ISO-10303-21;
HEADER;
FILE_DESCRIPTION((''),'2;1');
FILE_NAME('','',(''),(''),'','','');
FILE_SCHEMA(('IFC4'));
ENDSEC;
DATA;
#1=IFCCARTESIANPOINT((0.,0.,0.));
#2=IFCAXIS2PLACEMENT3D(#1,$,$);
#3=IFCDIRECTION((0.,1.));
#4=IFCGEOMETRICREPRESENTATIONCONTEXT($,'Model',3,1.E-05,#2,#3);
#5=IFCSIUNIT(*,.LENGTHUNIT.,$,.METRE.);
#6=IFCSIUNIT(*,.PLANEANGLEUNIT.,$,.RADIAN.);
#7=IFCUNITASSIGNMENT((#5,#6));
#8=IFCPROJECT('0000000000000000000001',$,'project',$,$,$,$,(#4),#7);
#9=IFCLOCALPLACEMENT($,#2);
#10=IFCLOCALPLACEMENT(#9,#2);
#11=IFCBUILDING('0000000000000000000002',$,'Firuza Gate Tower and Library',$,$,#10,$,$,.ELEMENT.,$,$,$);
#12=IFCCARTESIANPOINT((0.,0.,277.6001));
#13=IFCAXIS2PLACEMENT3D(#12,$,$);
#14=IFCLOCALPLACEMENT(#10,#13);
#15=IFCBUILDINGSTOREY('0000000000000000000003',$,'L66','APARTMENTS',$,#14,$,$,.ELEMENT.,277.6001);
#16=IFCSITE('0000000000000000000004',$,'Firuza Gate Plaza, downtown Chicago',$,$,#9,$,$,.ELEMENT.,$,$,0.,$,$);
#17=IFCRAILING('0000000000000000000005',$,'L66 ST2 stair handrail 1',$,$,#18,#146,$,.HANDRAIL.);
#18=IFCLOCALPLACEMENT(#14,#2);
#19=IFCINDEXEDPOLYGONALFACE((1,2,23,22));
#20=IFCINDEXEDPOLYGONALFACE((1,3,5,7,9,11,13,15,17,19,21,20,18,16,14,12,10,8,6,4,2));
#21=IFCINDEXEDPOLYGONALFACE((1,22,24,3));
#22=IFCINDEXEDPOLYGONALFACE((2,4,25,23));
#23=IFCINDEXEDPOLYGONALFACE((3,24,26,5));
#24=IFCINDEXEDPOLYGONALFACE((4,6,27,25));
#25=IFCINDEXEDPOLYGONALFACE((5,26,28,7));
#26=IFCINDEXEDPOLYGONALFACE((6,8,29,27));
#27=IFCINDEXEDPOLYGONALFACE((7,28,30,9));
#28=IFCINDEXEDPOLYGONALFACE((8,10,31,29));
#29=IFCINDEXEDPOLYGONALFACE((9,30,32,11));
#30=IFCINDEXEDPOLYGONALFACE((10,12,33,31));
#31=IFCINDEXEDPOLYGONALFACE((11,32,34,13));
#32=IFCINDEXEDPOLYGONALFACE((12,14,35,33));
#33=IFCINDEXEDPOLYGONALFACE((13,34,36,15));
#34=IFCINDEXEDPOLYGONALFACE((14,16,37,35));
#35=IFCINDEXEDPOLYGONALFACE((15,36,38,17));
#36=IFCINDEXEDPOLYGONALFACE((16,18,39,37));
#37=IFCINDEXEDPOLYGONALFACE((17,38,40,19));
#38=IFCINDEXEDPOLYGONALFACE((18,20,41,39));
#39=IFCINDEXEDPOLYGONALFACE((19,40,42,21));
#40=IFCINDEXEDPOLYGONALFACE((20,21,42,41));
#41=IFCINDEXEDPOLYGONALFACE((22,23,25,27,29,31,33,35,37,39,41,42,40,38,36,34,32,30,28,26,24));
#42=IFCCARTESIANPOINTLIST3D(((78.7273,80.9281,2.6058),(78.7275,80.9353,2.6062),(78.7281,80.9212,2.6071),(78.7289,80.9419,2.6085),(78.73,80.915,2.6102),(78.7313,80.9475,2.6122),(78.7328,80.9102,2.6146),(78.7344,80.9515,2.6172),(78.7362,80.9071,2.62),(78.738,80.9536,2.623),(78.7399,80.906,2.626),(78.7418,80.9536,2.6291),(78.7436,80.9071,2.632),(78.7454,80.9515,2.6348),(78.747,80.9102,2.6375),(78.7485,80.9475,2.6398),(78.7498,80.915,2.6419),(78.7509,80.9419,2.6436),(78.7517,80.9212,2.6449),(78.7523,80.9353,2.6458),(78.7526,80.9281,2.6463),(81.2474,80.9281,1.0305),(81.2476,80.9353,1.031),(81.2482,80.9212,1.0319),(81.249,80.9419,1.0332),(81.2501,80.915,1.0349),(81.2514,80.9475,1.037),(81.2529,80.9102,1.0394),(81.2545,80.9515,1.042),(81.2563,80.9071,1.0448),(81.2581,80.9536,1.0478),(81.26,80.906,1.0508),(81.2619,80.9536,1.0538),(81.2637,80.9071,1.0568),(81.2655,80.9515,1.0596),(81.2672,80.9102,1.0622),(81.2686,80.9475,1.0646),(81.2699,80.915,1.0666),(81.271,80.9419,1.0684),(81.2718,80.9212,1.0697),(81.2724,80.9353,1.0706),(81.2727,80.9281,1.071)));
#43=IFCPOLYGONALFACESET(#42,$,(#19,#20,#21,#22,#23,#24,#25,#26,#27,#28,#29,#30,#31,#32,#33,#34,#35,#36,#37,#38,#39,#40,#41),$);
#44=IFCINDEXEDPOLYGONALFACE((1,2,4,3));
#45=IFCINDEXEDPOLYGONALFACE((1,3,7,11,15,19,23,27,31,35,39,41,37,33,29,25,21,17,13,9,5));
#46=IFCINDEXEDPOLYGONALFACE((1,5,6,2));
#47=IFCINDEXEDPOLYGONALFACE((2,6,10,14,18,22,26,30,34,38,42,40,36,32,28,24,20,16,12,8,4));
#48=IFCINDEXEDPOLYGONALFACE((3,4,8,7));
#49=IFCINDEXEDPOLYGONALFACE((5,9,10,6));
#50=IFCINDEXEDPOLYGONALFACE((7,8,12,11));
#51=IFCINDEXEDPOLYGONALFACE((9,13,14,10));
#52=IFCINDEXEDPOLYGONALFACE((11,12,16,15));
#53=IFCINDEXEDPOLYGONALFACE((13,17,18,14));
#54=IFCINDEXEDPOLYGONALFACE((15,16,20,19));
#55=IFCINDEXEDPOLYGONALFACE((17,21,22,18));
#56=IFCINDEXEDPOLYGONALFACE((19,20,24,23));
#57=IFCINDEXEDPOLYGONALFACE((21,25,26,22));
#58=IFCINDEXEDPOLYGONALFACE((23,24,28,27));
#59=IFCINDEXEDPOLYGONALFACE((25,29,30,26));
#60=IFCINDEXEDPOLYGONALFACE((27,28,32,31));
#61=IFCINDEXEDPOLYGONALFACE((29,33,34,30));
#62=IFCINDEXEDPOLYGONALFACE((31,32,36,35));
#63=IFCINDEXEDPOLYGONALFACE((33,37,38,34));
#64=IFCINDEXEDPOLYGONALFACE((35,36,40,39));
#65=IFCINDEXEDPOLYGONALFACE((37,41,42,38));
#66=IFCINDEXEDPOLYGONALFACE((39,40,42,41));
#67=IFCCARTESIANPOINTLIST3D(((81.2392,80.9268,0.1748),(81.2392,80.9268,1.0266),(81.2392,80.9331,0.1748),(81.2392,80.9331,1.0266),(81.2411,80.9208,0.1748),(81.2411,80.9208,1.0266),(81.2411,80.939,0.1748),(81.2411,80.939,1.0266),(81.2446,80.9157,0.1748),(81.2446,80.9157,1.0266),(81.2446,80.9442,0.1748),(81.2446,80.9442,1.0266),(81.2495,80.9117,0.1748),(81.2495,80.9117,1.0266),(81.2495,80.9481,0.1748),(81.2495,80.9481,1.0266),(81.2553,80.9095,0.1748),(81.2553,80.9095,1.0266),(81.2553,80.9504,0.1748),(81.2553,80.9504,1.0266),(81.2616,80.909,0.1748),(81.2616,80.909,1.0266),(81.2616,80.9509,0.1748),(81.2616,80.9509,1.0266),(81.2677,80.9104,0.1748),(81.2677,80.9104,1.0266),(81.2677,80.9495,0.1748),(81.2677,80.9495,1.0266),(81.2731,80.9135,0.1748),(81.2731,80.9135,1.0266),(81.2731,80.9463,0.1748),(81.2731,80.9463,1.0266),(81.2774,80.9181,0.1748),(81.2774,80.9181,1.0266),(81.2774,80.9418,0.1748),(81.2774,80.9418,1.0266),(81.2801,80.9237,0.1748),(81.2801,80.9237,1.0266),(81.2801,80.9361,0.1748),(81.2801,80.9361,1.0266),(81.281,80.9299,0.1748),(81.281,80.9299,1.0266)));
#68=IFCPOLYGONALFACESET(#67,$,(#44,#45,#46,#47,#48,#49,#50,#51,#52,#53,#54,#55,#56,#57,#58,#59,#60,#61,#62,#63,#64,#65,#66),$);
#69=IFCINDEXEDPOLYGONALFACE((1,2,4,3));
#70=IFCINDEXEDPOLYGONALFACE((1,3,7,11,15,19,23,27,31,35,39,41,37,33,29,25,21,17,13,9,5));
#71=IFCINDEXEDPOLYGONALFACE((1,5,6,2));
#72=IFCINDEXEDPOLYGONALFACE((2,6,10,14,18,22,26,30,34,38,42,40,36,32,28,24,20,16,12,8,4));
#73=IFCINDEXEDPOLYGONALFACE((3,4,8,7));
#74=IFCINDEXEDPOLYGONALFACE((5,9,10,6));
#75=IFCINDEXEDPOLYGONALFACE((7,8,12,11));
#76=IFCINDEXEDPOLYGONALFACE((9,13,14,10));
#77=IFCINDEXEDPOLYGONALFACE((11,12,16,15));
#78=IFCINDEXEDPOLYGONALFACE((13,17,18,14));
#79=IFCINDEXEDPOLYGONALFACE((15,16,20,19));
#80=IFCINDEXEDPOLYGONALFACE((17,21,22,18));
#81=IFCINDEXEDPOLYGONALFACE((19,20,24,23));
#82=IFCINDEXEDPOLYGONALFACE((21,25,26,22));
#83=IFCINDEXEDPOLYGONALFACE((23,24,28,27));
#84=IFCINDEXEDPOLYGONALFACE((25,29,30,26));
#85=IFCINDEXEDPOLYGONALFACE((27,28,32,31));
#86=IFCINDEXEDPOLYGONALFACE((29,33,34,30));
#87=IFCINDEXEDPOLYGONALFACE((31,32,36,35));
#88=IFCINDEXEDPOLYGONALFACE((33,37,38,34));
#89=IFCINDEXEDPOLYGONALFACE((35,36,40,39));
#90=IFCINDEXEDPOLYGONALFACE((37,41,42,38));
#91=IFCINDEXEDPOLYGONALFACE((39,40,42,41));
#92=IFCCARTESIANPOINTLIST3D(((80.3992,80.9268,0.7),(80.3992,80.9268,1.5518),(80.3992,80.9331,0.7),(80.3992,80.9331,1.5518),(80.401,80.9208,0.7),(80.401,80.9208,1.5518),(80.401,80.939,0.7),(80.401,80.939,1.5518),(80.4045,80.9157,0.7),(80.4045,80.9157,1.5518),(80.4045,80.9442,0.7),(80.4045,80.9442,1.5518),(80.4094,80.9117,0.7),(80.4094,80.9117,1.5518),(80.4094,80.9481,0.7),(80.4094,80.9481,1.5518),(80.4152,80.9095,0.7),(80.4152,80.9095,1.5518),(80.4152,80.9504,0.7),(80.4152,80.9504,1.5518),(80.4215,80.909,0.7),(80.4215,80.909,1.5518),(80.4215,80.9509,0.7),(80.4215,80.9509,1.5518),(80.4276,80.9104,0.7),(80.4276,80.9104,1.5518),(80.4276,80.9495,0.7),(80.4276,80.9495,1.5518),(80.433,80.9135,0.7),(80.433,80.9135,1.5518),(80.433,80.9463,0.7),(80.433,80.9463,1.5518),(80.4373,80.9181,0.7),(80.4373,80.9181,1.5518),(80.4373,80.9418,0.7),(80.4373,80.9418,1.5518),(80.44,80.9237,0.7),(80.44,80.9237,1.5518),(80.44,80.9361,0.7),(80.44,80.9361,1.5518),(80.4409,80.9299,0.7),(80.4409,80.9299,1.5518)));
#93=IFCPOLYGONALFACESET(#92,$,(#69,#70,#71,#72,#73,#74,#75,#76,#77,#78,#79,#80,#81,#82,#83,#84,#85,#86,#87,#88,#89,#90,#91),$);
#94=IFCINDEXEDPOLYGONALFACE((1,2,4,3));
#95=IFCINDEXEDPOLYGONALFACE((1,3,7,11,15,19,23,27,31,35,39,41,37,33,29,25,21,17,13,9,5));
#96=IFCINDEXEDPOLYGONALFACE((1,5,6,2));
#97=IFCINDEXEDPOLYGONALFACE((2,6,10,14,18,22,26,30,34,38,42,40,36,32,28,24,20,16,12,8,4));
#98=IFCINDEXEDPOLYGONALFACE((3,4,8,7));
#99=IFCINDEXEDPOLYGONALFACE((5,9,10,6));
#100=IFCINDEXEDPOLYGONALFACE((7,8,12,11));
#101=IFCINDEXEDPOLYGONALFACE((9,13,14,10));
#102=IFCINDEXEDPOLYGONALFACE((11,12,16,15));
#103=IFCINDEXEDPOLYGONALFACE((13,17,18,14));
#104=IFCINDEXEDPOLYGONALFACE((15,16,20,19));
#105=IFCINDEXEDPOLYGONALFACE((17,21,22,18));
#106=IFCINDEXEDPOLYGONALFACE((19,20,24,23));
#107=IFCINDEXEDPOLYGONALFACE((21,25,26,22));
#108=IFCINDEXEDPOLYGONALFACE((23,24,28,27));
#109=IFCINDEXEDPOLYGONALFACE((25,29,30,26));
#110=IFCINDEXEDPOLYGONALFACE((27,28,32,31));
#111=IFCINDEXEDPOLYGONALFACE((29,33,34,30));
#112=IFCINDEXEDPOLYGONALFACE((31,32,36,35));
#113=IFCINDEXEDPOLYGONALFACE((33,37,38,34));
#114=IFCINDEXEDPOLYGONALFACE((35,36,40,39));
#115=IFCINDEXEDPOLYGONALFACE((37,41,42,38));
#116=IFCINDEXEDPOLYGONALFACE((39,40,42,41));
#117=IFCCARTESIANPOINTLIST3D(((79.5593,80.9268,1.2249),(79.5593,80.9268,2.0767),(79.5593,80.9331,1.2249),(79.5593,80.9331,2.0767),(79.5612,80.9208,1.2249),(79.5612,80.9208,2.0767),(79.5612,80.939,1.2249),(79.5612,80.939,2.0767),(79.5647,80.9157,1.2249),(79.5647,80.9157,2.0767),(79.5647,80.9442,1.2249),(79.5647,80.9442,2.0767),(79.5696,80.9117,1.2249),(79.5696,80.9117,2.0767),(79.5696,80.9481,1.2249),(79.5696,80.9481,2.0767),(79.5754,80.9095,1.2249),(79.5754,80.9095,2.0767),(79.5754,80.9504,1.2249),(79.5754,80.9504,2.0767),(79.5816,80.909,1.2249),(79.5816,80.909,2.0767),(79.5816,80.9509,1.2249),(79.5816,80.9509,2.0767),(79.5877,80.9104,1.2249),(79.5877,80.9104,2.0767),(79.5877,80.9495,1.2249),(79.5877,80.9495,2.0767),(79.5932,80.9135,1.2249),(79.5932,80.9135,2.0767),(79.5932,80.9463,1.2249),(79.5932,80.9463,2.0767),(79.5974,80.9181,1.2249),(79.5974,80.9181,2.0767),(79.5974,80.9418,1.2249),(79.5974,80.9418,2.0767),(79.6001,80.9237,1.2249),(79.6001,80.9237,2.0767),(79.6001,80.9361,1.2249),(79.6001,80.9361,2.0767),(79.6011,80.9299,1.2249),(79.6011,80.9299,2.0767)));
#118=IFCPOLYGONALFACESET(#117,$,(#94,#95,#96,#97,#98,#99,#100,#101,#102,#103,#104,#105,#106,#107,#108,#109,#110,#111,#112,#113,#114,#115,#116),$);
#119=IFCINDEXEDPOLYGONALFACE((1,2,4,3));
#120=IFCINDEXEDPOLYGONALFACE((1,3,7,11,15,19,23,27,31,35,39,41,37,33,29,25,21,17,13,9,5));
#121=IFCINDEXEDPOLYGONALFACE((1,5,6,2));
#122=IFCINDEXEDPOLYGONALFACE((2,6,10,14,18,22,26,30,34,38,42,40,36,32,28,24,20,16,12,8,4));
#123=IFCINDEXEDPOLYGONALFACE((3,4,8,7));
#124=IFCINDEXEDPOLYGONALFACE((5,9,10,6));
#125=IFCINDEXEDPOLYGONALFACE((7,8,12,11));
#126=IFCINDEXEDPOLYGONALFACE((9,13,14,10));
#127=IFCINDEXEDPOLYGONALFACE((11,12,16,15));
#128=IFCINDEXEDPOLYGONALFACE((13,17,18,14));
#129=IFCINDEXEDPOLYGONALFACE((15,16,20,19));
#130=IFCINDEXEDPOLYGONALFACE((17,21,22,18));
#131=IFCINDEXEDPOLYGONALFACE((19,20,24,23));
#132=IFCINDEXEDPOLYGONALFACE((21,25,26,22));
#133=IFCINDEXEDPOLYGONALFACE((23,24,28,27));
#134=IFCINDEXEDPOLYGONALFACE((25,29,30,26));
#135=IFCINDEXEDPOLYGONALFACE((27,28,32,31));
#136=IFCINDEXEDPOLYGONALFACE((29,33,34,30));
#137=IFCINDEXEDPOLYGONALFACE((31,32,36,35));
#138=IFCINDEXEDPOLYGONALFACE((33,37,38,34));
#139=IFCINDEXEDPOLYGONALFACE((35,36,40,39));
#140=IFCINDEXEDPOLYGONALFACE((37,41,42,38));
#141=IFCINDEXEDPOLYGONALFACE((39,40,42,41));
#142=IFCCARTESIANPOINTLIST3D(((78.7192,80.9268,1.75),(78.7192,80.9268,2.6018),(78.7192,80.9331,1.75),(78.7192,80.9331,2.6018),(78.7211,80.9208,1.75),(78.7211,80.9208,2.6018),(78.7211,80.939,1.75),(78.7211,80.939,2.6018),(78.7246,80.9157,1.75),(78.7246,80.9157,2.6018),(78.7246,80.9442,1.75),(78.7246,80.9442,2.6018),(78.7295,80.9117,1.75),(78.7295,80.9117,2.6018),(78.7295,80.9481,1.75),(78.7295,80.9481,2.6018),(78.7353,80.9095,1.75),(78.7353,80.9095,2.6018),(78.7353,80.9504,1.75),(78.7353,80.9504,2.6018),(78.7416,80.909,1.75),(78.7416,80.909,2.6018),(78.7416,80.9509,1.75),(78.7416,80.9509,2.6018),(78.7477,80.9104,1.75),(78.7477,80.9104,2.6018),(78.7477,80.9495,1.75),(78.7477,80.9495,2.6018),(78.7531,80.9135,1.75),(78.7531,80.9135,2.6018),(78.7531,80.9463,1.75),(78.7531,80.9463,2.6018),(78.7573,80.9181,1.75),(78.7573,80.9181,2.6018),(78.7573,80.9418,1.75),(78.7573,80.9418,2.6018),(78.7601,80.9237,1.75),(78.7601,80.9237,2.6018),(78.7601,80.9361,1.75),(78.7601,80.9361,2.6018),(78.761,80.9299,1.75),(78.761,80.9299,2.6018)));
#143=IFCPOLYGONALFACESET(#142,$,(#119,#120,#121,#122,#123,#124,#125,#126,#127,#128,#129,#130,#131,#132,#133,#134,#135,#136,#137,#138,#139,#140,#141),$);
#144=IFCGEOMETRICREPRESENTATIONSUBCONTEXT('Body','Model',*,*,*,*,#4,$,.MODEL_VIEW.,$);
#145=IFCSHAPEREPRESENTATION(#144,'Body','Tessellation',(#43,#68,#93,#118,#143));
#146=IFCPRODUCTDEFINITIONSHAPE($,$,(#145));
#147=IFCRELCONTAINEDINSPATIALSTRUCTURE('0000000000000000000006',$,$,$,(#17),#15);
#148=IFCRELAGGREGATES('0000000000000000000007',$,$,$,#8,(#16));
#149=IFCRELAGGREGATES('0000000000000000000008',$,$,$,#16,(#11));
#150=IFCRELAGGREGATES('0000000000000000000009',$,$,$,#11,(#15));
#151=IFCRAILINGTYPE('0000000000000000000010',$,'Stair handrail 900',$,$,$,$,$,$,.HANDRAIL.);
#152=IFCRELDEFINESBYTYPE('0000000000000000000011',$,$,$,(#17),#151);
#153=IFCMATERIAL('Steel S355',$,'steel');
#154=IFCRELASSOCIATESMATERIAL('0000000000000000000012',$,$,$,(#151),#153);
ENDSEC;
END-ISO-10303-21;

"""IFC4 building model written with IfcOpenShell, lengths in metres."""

from ifc_helpers import new_model, si_unit, direction, frame, origin, origin_2d, place, context, subcontext, project, spatial, circle, extrude, material, type_object, element, save


model = new_model("IFC4")

# Units and contexts
model_context = context("Model", 3, precision=1e-05, world=origin(), true_north=direction((0.0, 1.0)))
body_context = subcontext(model_context, "Body", "Model", "MODEL_VIEW")
ifc_project = project(units=[si_unit("LENGTHUNIT", "METRE"), si_unit("PLANEANGLEUNIT", "RADIAN")], contexts=[model_context])

# Site, building, storey
site_placement = place(None, origin())
site = spatial("IfcSite", under=ifc_project, at=site_placement, Name="Firuza Gate Plaza, downtown Chicago", CompositionType="ELEMENT", RefElevation=0.0)
building_placement = place(site_placement, origin())
building = spatial("IfcBuilding", under=site, at=building_placement, Name="Firuza Gate Tower and Library", CompositionType="ELEMENT")
storey_placement = place(building_placement, frame((0.0, 0.0, 277.6001)))
storey = spatial("IfcBuildingStorey", under=building, at=storey_placement, Name="L66", Description="APARTMENTS", CompositionType="ELEMENT", Elevation=277.6001)

# Railing
ifc_material_1 = material(Name="Steel S355", Category="steel")
railing_type_1 = type_object("IfcRailingType", Name="Stair handrail 900", PredefinedType="HANDRAIL", material=ifc_material_1)
railing_1_placement = place(storey_placement, frame((81.26, 80.9299, 0.1748)))
element("IfcRailing", 1, at=railing_1_placement, inside=storey, type_object=railing_type_1, Name="L66 ST2 stair handrail 1", PredefinedType="HANDRAIL", context=body_context, shape_type="SweptSolid", body=[
    extrude(circle(Radius=0.0239, at=origin_2d()), frame((0.0, 0.0, 0.876), z_axis=(-0.847971, 0.0, 0.530043), x_axis=(0.0, -1.0, 0.0)), (0.0, 0.0, 1.0), 2.9719),
    extrude(circle(Radius=0.021, at=origin_2d()), origin(), (0.0, 0.0, 1.0), 0.8518),
    extrude(circle(Radius=0.021, at=origin_2d()), frame((-0.8401, 0.0, 0.5251)), (0.0, 0.0, 1.0), 0.8518),
    extrude(circle(Radius=0.021, at=origin_2d()), frame((-1.6799, 0.0, 1.05)), (0.0, 0.0, 1.0), 0.8518),
    extrude(circle(Radius=0.021, at=origin_2d()), frame((-2.52, 0.0, 1.5752)), (0.0, 0.0, 1.0), 0.8518),
])

save(model, "model.ifc")
